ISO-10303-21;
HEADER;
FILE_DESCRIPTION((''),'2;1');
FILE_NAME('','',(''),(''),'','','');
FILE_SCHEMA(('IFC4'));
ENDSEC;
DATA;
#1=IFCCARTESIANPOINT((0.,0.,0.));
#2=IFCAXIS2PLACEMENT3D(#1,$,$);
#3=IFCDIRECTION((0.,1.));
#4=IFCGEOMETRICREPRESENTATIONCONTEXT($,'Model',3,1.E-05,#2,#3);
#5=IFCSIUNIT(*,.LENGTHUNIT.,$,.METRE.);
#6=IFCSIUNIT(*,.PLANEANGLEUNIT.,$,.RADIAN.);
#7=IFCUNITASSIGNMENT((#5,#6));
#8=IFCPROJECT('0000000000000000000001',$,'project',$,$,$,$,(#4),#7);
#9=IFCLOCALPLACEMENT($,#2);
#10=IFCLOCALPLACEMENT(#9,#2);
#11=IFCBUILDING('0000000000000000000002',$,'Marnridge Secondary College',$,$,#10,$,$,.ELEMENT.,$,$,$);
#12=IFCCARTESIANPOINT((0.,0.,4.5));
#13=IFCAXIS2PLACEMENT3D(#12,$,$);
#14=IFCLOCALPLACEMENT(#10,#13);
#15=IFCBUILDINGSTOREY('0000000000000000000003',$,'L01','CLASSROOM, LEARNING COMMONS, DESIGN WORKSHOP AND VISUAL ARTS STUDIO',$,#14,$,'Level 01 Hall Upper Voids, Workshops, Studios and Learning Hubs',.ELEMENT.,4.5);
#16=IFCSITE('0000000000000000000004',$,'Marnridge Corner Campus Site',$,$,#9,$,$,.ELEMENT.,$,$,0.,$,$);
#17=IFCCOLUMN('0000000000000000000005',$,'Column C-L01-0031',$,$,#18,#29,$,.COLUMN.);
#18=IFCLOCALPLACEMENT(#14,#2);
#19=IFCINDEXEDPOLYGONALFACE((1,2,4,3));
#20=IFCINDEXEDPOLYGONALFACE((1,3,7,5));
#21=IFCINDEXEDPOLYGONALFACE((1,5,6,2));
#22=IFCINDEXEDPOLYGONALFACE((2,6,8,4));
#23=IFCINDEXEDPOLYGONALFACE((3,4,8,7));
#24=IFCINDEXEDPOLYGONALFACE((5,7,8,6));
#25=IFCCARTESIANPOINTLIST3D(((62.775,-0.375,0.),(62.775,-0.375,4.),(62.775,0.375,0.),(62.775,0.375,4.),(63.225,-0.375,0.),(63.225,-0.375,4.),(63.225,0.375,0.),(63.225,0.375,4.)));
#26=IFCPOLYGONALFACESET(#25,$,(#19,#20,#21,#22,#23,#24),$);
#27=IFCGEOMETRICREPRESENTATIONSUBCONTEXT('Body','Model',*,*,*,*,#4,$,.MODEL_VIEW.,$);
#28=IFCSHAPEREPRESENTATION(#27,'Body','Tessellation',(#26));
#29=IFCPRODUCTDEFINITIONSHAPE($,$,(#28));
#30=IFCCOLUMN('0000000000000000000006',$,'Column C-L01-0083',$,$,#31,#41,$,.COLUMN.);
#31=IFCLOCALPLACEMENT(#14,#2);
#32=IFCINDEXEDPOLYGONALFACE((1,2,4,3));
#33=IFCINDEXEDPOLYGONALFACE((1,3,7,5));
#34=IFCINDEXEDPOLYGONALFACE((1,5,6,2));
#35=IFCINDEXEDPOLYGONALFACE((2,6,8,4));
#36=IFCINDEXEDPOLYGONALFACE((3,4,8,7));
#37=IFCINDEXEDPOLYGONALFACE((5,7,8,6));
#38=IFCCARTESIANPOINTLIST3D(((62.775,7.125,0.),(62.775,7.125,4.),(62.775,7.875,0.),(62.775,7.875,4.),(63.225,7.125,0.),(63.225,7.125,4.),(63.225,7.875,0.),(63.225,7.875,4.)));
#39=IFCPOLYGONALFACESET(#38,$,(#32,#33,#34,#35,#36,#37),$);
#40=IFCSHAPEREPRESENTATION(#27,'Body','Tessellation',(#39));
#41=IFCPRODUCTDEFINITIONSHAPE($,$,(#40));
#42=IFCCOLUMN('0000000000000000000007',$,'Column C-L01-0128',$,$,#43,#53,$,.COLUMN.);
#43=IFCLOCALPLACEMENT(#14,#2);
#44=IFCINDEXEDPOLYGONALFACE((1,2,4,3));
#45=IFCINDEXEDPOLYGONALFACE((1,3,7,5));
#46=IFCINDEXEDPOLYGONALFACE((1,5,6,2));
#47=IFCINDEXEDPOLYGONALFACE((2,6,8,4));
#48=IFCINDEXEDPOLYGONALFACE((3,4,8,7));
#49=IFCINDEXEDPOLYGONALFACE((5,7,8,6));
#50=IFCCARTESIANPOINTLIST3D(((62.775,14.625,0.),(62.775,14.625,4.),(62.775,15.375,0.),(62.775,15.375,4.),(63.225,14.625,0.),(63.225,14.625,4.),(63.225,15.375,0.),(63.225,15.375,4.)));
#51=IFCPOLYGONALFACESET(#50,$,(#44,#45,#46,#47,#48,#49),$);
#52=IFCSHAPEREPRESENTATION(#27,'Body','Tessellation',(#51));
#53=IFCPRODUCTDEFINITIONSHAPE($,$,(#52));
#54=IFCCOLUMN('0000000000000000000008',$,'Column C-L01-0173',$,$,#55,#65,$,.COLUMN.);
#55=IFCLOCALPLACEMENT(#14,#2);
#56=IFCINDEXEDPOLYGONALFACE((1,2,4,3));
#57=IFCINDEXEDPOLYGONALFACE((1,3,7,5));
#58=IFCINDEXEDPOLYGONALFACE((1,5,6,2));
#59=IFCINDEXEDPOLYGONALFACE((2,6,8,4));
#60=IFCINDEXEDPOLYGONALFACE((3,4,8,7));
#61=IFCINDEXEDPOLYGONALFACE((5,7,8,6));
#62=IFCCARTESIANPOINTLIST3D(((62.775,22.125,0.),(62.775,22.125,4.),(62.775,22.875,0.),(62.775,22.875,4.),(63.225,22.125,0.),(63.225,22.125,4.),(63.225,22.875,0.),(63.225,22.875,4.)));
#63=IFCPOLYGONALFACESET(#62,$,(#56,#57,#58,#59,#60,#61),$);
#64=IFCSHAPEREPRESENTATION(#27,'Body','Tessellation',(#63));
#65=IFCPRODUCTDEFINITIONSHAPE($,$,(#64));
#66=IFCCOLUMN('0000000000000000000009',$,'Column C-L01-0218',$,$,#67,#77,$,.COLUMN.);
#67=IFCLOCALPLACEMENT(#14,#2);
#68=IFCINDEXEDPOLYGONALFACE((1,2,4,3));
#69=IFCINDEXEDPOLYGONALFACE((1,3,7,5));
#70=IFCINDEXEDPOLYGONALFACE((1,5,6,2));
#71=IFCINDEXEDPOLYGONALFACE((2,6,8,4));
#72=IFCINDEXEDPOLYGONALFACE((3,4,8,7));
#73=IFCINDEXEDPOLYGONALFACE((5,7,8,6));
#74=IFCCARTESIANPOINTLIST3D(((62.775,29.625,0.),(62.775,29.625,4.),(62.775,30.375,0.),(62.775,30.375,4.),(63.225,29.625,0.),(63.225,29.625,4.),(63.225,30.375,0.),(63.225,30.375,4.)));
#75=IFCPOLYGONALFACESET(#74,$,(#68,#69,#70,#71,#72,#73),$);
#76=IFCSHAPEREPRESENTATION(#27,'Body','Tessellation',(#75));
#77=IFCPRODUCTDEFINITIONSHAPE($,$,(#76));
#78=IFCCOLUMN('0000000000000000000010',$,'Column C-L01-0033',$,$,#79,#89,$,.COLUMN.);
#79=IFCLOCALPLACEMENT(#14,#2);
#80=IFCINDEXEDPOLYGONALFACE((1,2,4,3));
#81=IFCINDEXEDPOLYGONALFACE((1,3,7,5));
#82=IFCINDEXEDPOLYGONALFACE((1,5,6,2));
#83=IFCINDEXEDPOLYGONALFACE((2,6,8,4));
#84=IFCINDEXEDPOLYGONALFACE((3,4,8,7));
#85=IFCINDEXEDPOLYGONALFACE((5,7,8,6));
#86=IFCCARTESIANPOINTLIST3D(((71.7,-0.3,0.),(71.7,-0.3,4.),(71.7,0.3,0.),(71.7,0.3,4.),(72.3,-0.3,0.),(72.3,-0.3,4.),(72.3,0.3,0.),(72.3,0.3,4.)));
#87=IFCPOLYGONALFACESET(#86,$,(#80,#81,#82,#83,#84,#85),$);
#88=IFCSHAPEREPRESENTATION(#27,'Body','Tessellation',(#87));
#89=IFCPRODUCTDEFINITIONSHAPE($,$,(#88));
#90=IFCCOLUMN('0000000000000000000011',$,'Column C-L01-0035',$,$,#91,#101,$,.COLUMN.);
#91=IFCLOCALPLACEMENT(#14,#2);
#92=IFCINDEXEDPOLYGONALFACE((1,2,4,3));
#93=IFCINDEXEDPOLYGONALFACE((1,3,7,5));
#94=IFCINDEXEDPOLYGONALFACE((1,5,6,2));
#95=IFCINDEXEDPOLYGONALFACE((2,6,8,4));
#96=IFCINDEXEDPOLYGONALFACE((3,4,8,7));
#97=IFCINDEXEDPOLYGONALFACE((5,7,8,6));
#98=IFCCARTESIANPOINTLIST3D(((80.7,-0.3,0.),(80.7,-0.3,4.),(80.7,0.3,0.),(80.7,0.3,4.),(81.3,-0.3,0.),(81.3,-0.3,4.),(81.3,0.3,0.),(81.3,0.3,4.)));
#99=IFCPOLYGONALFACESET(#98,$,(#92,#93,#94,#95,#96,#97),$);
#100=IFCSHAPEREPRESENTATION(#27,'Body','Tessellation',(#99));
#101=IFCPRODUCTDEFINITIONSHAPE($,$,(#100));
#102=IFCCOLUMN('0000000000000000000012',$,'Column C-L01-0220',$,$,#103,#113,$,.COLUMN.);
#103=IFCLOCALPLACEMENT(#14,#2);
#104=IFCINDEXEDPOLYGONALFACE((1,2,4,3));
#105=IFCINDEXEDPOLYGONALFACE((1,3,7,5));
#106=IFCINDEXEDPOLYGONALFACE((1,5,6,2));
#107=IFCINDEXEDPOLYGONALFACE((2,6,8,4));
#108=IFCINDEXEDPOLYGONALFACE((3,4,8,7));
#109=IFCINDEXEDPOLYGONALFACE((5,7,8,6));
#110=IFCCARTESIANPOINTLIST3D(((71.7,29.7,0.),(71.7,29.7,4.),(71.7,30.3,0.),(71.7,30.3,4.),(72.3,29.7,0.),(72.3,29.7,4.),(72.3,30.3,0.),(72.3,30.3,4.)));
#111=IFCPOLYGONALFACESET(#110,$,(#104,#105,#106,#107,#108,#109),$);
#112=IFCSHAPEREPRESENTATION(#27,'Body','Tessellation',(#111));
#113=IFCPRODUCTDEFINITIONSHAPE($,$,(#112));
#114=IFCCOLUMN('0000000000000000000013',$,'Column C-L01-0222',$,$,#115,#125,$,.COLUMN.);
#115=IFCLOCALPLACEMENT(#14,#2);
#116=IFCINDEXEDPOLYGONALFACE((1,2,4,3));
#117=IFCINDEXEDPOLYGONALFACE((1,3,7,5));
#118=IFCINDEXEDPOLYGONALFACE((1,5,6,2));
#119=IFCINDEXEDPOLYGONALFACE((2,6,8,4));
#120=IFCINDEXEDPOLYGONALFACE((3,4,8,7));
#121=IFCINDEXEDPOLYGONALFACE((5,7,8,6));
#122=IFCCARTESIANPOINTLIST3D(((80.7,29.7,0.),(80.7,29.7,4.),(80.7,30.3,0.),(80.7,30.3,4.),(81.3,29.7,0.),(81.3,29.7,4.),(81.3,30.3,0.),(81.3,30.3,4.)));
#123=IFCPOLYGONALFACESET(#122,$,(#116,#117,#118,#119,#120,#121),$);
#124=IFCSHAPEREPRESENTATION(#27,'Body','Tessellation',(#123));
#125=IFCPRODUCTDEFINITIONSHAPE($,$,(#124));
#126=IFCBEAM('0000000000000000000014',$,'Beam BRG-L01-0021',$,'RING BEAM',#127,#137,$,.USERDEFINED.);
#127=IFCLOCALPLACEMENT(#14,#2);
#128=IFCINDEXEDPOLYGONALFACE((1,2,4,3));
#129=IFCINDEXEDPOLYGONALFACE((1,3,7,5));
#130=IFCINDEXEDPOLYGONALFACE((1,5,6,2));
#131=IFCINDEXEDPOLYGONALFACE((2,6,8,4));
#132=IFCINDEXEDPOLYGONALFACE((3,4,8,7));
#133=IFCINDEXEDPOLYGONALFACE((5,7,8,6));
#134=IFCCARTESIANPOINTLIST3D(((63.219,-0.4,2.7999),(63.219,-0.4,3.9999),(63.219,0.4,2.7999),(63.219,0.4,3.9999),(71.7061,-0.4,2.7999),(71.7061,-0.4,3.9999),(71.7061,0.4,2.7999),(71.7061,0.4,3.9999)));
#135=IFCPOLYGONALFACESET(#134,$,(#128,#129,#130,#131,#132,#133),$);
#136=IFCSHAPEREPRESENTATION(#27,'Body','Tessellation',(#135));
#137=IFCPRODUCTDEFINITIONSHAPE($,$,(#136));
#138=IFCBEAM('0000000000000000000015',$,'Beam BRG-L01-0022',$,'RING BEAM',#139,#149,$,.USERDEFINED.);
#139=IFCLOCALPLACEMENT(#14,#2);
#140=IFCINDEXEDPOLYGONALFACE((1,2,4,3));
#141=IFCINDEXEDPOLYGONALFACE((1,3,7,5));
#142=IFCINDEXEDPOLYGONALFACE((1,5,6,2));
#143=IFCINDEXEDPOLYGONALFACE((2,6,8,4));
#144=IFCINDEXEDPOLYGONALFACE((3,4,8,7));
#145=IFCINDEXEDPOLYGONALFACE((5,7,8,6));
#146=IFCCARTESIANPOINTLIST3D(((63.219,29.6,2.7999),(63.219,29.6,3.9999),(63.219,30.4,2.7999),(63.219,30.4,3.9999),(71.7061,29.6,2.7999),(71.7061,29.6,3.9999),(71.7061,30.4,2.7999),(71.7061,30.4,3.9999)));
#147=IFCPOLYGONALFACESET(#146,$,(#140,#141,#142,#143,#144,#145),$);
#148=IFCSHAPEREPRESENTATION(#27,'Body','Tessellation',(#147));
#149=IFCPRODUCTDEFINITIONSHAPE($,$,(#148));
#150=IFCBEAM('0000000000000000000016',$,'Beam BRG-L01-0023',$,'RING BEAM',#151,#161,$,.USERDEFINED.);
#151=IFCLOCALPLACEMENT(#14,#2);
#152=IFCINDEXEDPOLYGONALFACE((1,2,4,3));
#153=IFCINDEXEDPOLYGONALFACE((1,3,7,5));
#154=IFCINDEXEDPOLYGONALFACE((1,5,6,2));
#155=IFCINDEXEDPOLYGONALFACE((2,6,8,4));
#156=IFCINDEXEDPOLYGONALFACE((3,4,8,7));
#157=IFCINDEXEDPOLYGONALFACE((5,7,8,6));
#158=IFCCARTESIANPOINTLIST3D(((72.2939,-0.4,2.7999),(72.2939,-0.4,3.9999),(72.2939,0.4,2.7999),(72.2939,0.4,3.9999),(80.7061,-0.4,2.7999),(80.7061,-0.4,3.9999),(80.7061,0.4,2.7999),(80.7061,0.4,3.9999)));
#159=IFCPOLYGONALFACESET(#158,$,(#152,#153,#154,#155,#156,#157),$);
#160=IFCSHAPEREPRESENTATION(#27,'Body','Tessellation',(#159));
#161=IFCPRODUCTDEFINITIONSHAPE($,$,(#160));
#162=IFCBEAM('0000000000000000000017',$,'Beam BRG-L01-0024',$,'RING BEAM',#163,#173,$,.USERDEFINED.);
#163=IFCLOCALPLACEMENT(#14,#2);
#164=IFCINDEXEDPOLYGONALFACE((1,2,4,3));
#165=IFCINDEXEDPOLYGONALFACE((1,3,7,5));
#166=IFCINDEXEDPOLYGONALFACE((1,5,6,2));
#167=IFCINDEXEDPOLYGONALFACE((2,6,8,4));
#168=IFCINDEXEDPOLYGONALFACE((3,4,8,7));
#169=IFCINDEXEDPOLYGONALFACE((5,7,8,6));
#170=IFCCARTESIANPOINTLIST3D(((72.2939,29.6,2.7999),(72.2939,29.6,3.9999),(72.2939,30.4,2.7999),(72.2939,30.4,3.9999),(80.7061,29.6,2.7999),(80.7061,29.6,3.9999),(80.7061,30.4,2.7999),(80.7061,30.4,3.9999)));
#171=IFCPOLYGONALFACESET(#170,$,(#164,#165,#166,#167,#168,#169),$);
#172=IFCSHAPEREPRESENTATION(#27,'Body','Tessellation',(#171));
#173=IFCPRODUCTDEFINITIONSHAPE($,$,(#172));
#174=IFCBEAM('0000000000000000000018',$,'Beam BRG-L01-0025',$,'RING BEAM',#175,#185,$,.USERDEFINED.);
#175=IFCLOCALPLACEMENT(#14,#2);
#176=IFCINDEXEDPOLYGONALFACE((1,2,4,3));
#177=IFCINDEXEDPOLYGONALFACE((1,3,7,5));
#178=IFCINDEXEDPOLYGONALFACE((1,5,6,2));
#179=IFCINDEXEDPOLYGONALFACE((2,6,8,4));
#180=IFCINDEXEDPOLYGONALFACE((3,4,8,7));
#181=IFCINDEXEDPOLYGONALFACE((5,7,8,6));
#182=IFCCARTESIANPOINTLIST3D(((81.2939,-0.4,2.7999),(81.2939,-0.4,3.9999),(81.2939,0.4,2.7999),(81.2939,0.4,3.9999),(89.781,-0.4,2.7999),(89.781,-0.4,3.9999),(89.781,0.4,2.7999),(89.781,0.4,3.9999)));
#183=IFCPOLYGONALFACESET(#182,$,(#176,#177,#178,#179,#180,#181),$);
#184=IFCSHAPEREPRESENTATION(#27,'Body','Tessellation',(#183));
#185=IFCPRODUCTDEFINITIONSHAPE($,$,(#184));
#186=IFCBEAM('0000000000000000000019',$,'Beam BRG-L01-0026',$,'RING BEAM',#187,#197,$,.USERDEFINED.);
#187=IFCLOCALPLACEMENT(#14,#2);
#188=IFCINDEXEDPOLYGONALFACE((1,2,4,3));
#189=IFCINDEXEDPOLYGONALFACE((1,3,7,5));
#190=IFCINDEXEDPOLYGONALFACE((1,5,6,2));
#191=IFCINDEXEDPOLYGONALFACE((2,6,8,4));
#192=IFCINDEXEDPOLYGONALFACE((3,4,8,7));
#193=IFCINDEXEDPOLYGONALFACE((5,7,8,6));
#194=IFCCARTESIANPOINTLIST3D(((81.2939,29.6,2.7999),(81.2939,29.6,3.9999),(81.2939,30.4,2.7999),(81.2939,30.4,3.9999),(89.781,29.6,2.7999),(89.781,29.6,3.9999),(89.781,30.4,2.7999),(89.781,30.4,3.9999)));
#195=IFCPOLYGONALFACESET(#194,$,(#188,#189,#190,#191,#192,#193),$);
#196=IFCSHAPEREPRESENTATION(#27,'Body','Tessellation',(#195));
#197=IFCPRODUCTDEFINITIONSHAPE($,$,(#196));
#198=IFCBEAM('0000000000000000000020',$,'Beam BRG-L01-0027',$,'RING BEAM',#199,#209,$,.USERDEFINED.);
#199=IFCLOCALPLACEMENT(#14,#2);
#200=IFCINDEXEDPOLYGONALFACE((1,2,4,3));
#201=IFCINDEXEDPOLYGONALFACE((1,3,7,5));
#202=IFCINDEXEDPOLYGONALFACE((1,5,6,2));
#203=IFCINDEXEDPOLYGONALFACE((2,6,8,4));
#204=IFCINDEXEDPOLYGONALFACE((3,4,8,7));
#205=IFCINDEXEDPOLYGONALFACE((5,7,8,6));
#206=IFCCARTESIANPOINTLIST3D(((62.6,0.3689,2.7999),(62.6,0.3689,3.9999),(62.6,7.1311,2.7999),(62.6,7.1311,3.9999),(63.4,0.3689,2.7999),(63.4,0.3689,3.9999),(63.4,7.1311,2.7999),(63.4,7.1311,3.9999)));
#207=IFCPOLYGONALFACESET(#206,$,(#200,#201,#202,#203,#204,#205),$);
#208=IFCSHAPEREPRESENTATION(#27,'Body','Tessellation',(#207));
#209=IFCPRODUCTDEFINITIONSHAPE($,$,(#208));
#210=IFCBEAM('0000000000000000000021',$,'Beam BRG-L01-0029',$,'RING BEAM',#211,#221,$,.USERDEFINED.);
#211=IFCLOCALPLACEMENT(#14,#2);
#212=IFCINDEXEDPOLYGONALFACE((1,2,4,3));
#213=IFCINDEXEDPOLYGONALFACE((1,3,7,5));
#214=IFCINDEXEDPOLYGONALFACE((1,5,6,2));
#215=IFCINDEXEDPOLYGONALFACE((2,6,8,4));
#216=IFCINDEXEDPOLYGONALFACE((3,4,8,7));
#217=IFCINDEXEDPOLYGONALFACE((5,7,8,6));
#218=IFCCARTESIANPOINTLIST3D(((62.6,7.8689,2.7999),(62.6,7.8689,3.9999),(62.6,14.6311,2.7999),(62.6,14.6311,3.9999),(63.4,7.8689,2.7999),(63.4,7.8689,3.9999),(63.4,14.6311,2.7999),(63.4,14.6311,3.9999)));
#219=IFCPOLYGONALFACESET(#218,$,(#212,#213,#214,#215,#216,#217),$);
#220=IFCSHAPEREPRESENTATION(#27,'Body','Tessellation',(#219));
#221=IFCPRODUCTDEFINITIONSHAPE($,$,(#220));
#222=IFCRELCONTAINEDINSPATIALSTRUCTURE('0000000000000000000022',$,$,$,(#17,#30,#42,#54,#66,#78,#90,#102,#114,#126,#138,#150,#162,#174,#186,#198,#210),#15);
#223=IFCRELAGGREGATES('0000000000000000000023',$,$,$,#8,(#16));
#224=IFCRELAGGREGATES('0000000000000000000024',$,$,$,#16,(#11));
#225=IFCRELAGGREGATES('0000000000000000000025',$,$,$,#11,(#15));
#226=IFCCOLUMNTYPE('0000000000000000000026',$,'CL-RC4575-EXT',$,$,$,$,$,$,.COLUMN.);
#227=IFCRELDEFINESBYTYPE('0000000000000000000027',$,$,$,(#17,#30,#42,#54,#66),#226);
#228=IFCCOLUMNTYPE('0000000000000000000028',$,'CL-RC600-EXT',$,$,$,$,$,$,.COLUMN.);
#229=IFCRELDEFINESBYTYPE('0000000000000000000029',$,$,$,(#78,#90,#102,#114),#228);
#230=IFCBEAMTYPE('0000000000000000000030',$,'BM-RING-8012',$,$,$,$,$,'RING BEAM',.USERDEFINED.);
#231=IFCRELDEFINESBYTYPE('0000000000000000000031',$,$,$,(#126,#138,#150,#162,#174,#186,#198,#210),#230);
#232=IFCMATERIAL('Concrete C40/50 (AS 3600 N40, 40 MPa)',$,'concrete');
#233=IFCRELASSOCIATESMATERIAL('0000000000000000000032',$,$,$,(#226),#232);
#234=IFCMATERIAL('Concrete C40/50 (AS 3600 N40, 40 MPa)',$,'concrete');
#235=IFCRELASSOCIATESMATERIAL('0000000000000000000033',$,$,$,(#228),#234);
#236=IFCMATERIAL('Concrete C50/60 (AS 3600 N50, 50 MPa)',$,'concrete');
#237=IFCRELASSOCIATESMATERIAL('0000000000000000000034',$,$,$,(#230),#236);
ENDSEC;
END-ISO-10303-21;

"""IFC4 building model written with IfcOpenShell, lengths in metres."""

from ifc_helpers import new_model, si_unit, direction, frame, origin, origin_2d, place, context, subcontext, project, spatial, rectangle, extrude, material, material_profile, profile_set, type_object, element, save


model = new_model("IFC4")

# Units and contexts
model_context = context("Model", 3, precision=1e-05, world=origin(), true_north=direction((0.0, 1.0)))
body_context = subcontext(model_context, "Body", "Model", "MODEL_VIEW")
ifc_project = project(units=[si_unit("LENGTHUNIT", "METRE"), si_unit("PLANEANGLEUNIT", "RADIAN")], contexts=[model_context])

# Site, building, storey
site_placement = place(None, origin())
site = spatial("IfcSite", under=ifc_project, at=site_placement, Name="Marnridge Corner Campus Site", CompositionType="ELEMENT", RefElevation=0.0)
building_placement = place(site_placement, origin())
building = spatial("IfcBuilding", under=site, at=building_placement, Name="Marnridge Secondary College", CompositionType="ELEMENT")
storey_placement = place(building_placement, frame((0.0, 0.0, 4.5)))
storey = spatial("IfcBuildingStorey", under=building, at=storey_placement, Name="L01", Description="CLASSROOM, LEARNING COMMONS, DESIGN WORKSHOP AND VISUAL ARTS STUDIO", LongName="Level 01 Hall Upper Voids, Workshops, Studios and Learning Hubs", CompositionType="ELEMENT", Elevation=4.5)

# Columns
ifc_material_1 = material(Name="Concrete C40/50 (AS 3600 N40, 40 MPa)", Category="concrete")
ifc_material_profile_1 = material_profile(ifc_material_1, rectangle(XDim=0.45, YDim=0.75, at=origin_2d()), Name="RC 450x750")
ifc_profile_set_1 = profile_set([ifc_material_profile_1], Name="Concrete C40/50 (AS 3600 N40, 40 MPa)")
column_type_1 = type_object("IfcColumnType", Name="CL-RC4575-EXT", PredefinedType="COLUMN", material=ifc_profile_set_1)
for number, where, z_axis, x_axis, name in (
    (1, (63.0, 0.0, 0.0), (0.0, 0.0, 1.0), (1.0, 0.0, 0.0), "Column C-L01-0031"),
    (2, (63.0, 7.5, 0.0), (0.0, 0.0, 1.0), (1.0, 0.0, 0.0), "Column C-L01-0083"),
    (3, (63.0, 15.0, 0.0), (0.0, 0.0, 1.0), (1.0, 0.0, 0.0), "Column C-L01-0128"),
    (4, (63.0, 22.5, 0.0), (0.0, 0.0, 1.0), (1.0, 0.0, 0.0), "Column C-L01-0173"),
    (5, (63.0, 30.0, 0.0), (0.0, 0.0, 1.0), (1.0, 0.0, 0.0), "Column C-L01-0218"),
):
    element("IfcColumn", number, at=place(storey_placement, frame(where, z_axis=z_axis, x_axis=x_axis)), inside=storey, type_object=column_type_1, Name=name, PredefinedType="COLUMN", context=body_context, shape_type="SweptSolid", body=[
        extrude(rectangle(XDim=0.45, YDim=0.75, at=origin_2d()), origin(), (0.0, 0.0, 1.0), 4.0),
    ])
ifc_material_2 = material(Name="Concrete C40/50 (AS 3600 N40, 40 MPa)", Category="concrete")
ifc_material_profile_2 = material_profile(ifc_material_2, rectangle(XDim=0.6001, YDim=0.6001, at=origin_2d()), Name="RC 600x600")
ifc_profile_set_2 = profile_set([ifc_material_profile_2], Name="Concrete C40/50 (AS 3600 N40, 40 MPa)")
column_type_2 = type_object("IfcColumnType", Name="CL-RC600-EXT", PredefinedType="COLUMN", material=ifc_profile_set_2)
for number, where, z_axis, x_axis, name in (
    (6, (72.0, 0.0, 0.0), (0.0, 0.0, 1.0), (1.0, 0.0, 0.0), "Column C-L01-0033"),
    (7, (81.0, 0.0, 0.0), (0.0, 0.0, 1.0), (1.0, 0.0, 0.0), "Column C-L01-0035"),
    (8, (72.0, 30.0, 0.0), (0.0, 0.0, 1.0), (1.0, 0.0, 0.0), "Column C-L01-0220"),
    (9, (81.0, 30.0, 0.0), (0.0, 0.0, 1.0), (1.0, 0.0, 0.0), "Column C-L01-0222"),
):
    element("IfcColumn", number, at=place(storey_placement, frame(where, z_axis=z_axis, x_axis=x_axis)), inside=storey, type_object=column_type_2, Name=name, PredefinedType="COLUMN", context=body_context, shape_type="SweptSolid", body=[
        extrude(rectangle(XDim=0.6001, YDim=0.6001, at=origin_2d()), origin(), (0.0, 0.0, 1.0), 4.0),
    ])

# Beams
ifc_material_3 = material(Name="Concrete C50/60 (AS 3600 N50, 50 MPa)", Category="concrete")
ifc_material_profile_3 = material_profile(ifc_material_3, rectangle(XDim=0.8, YDim=1.2, at=origin_2d()), Name="RC 800x1200")
ifc_profile_set_3 = profile_set([ifc_material_profile_3], Name="Concrete C50/60 (AS 3600 N50, 50 MPa)")
beam_type = type_object("IfcBeamType", Name="BM-RING-8012", ElementType="RING BEAM", PredefinedType="USERDEFINED", material=ifc_profile_set_3)
for number, where, z_axis, x_axis, name in (
    (10, (63.219, 0.0, 3.3999), (1.0, 0.0, 0.0), (0.0, 1.0, 0.0), "Beam BRG-L01-0021"),
    (11, (63.219, 30.0, 3.3999), (1.0, 0.0, 0.0), (0.0, 1.0, 0.0), "Beam BRG-L01-0022"),
):
    element("IfcBeam", number, at=place(storey_placement, frame(where, z_axis=z_axis, x_axis=x_axis)), inside=storey, type_object=beam_type, Name=name, ObjectType="RING BEAM", PredefinedType="USERDEFINED", context=body_context, shape_type="SweptSolid", body=[
        extrude(rectangle(XDim=0.8, YDim=1.2, at=origin_2d()), origin(), (0.0, 0.0, 1.0), 8.4871),
    ])
for number, where, z_axis, x_axis, name in (
    (12, (72.2939, 0.0, 3.3999), (1.0, 0.0, 0.0), (0.0, 1.0, 0.0), "Beam BRG-L01-0023"),
    (13, (72.2939, 30.0, 3.3999), (1.0, 0.0, 0.0), (0.0, 1.0, 0.0), "Beam BRG-L01-0024"),
):
    element("IfcBeam", number, at=place(storey_placement, frame(where, z_axis=z_axis, x_axis=x_axis)), inside=storey, type_object=beam_type, Name=name, ObjectType="RING BEAM", PredefinedType="USERDEFINED", context=body_context, shape_type="SweptSolid", body=[
        extrude(rectangle(XDim=0.8, YDim=1.2, at=origin_2d()), origin(), (0.0, 0.0, 1.0), 8.4121),
    ])
for number, where, z_axis, x_axis, name in (
    (14, (81.2939, 0.0, 3.3999), (1.0, 0.0, 0.0), (0.0, 1.0, 0.0), "Beam BRG-L01-0025"),
    (15, (81.2939, 30.0, 3.3999), (1.0, 0.0, 0.0), (0.0, 1.0, 0.0), "Beam BRG-L01-0026"),
):
    element("IfcBeam", number, at=place(storey_placement, frame(where, z_axis=z_axis, x_axis=x_axis)), inside=storey, type_object=beam_type, Name=name, ObjectType="RING BEAM", PredefinedType="USERDEFINED", context=body_context, shape_type="SweptSolid", body=[
        extrude(rectangle(XDim=0.8, YDim=1.2, at=origin_2d()), origin(), (0.0, 0.0, 1.0), 8.4871),
    ])
for number, where, z_axis, x_axis, name in (
    (16, (63.0, 0.3689, 3.3999), (0.0, 1.0, 0.0), (-1.0, 0.0, 0.0), "Beam BRG-L01-0027"),
    (17, (63.0, 7.8689, 3.3999), (0.0, 1.0, 0.0), (-1.0, 0.0, 0.0), "Beam BRG-L01-0029"),
):
    element("IfcBeam", number, at=place(storey_placement, frame(where, z_axis=z_axis, x_axis=x_axis)), inside=storey, type_object=beam_type, Name=name, ObjectType="RING BEAM", PredefinedType="USERDEFINED", context=body_context, shape_type="SweptSolid", body=[
        extrude(rectangle(XDim=0.8, YDim=1.2, at=origin_2d()), origin(), (0.0, 0.0, 1.0), 6.7622),
    ])

save(model, "model.ifc")
